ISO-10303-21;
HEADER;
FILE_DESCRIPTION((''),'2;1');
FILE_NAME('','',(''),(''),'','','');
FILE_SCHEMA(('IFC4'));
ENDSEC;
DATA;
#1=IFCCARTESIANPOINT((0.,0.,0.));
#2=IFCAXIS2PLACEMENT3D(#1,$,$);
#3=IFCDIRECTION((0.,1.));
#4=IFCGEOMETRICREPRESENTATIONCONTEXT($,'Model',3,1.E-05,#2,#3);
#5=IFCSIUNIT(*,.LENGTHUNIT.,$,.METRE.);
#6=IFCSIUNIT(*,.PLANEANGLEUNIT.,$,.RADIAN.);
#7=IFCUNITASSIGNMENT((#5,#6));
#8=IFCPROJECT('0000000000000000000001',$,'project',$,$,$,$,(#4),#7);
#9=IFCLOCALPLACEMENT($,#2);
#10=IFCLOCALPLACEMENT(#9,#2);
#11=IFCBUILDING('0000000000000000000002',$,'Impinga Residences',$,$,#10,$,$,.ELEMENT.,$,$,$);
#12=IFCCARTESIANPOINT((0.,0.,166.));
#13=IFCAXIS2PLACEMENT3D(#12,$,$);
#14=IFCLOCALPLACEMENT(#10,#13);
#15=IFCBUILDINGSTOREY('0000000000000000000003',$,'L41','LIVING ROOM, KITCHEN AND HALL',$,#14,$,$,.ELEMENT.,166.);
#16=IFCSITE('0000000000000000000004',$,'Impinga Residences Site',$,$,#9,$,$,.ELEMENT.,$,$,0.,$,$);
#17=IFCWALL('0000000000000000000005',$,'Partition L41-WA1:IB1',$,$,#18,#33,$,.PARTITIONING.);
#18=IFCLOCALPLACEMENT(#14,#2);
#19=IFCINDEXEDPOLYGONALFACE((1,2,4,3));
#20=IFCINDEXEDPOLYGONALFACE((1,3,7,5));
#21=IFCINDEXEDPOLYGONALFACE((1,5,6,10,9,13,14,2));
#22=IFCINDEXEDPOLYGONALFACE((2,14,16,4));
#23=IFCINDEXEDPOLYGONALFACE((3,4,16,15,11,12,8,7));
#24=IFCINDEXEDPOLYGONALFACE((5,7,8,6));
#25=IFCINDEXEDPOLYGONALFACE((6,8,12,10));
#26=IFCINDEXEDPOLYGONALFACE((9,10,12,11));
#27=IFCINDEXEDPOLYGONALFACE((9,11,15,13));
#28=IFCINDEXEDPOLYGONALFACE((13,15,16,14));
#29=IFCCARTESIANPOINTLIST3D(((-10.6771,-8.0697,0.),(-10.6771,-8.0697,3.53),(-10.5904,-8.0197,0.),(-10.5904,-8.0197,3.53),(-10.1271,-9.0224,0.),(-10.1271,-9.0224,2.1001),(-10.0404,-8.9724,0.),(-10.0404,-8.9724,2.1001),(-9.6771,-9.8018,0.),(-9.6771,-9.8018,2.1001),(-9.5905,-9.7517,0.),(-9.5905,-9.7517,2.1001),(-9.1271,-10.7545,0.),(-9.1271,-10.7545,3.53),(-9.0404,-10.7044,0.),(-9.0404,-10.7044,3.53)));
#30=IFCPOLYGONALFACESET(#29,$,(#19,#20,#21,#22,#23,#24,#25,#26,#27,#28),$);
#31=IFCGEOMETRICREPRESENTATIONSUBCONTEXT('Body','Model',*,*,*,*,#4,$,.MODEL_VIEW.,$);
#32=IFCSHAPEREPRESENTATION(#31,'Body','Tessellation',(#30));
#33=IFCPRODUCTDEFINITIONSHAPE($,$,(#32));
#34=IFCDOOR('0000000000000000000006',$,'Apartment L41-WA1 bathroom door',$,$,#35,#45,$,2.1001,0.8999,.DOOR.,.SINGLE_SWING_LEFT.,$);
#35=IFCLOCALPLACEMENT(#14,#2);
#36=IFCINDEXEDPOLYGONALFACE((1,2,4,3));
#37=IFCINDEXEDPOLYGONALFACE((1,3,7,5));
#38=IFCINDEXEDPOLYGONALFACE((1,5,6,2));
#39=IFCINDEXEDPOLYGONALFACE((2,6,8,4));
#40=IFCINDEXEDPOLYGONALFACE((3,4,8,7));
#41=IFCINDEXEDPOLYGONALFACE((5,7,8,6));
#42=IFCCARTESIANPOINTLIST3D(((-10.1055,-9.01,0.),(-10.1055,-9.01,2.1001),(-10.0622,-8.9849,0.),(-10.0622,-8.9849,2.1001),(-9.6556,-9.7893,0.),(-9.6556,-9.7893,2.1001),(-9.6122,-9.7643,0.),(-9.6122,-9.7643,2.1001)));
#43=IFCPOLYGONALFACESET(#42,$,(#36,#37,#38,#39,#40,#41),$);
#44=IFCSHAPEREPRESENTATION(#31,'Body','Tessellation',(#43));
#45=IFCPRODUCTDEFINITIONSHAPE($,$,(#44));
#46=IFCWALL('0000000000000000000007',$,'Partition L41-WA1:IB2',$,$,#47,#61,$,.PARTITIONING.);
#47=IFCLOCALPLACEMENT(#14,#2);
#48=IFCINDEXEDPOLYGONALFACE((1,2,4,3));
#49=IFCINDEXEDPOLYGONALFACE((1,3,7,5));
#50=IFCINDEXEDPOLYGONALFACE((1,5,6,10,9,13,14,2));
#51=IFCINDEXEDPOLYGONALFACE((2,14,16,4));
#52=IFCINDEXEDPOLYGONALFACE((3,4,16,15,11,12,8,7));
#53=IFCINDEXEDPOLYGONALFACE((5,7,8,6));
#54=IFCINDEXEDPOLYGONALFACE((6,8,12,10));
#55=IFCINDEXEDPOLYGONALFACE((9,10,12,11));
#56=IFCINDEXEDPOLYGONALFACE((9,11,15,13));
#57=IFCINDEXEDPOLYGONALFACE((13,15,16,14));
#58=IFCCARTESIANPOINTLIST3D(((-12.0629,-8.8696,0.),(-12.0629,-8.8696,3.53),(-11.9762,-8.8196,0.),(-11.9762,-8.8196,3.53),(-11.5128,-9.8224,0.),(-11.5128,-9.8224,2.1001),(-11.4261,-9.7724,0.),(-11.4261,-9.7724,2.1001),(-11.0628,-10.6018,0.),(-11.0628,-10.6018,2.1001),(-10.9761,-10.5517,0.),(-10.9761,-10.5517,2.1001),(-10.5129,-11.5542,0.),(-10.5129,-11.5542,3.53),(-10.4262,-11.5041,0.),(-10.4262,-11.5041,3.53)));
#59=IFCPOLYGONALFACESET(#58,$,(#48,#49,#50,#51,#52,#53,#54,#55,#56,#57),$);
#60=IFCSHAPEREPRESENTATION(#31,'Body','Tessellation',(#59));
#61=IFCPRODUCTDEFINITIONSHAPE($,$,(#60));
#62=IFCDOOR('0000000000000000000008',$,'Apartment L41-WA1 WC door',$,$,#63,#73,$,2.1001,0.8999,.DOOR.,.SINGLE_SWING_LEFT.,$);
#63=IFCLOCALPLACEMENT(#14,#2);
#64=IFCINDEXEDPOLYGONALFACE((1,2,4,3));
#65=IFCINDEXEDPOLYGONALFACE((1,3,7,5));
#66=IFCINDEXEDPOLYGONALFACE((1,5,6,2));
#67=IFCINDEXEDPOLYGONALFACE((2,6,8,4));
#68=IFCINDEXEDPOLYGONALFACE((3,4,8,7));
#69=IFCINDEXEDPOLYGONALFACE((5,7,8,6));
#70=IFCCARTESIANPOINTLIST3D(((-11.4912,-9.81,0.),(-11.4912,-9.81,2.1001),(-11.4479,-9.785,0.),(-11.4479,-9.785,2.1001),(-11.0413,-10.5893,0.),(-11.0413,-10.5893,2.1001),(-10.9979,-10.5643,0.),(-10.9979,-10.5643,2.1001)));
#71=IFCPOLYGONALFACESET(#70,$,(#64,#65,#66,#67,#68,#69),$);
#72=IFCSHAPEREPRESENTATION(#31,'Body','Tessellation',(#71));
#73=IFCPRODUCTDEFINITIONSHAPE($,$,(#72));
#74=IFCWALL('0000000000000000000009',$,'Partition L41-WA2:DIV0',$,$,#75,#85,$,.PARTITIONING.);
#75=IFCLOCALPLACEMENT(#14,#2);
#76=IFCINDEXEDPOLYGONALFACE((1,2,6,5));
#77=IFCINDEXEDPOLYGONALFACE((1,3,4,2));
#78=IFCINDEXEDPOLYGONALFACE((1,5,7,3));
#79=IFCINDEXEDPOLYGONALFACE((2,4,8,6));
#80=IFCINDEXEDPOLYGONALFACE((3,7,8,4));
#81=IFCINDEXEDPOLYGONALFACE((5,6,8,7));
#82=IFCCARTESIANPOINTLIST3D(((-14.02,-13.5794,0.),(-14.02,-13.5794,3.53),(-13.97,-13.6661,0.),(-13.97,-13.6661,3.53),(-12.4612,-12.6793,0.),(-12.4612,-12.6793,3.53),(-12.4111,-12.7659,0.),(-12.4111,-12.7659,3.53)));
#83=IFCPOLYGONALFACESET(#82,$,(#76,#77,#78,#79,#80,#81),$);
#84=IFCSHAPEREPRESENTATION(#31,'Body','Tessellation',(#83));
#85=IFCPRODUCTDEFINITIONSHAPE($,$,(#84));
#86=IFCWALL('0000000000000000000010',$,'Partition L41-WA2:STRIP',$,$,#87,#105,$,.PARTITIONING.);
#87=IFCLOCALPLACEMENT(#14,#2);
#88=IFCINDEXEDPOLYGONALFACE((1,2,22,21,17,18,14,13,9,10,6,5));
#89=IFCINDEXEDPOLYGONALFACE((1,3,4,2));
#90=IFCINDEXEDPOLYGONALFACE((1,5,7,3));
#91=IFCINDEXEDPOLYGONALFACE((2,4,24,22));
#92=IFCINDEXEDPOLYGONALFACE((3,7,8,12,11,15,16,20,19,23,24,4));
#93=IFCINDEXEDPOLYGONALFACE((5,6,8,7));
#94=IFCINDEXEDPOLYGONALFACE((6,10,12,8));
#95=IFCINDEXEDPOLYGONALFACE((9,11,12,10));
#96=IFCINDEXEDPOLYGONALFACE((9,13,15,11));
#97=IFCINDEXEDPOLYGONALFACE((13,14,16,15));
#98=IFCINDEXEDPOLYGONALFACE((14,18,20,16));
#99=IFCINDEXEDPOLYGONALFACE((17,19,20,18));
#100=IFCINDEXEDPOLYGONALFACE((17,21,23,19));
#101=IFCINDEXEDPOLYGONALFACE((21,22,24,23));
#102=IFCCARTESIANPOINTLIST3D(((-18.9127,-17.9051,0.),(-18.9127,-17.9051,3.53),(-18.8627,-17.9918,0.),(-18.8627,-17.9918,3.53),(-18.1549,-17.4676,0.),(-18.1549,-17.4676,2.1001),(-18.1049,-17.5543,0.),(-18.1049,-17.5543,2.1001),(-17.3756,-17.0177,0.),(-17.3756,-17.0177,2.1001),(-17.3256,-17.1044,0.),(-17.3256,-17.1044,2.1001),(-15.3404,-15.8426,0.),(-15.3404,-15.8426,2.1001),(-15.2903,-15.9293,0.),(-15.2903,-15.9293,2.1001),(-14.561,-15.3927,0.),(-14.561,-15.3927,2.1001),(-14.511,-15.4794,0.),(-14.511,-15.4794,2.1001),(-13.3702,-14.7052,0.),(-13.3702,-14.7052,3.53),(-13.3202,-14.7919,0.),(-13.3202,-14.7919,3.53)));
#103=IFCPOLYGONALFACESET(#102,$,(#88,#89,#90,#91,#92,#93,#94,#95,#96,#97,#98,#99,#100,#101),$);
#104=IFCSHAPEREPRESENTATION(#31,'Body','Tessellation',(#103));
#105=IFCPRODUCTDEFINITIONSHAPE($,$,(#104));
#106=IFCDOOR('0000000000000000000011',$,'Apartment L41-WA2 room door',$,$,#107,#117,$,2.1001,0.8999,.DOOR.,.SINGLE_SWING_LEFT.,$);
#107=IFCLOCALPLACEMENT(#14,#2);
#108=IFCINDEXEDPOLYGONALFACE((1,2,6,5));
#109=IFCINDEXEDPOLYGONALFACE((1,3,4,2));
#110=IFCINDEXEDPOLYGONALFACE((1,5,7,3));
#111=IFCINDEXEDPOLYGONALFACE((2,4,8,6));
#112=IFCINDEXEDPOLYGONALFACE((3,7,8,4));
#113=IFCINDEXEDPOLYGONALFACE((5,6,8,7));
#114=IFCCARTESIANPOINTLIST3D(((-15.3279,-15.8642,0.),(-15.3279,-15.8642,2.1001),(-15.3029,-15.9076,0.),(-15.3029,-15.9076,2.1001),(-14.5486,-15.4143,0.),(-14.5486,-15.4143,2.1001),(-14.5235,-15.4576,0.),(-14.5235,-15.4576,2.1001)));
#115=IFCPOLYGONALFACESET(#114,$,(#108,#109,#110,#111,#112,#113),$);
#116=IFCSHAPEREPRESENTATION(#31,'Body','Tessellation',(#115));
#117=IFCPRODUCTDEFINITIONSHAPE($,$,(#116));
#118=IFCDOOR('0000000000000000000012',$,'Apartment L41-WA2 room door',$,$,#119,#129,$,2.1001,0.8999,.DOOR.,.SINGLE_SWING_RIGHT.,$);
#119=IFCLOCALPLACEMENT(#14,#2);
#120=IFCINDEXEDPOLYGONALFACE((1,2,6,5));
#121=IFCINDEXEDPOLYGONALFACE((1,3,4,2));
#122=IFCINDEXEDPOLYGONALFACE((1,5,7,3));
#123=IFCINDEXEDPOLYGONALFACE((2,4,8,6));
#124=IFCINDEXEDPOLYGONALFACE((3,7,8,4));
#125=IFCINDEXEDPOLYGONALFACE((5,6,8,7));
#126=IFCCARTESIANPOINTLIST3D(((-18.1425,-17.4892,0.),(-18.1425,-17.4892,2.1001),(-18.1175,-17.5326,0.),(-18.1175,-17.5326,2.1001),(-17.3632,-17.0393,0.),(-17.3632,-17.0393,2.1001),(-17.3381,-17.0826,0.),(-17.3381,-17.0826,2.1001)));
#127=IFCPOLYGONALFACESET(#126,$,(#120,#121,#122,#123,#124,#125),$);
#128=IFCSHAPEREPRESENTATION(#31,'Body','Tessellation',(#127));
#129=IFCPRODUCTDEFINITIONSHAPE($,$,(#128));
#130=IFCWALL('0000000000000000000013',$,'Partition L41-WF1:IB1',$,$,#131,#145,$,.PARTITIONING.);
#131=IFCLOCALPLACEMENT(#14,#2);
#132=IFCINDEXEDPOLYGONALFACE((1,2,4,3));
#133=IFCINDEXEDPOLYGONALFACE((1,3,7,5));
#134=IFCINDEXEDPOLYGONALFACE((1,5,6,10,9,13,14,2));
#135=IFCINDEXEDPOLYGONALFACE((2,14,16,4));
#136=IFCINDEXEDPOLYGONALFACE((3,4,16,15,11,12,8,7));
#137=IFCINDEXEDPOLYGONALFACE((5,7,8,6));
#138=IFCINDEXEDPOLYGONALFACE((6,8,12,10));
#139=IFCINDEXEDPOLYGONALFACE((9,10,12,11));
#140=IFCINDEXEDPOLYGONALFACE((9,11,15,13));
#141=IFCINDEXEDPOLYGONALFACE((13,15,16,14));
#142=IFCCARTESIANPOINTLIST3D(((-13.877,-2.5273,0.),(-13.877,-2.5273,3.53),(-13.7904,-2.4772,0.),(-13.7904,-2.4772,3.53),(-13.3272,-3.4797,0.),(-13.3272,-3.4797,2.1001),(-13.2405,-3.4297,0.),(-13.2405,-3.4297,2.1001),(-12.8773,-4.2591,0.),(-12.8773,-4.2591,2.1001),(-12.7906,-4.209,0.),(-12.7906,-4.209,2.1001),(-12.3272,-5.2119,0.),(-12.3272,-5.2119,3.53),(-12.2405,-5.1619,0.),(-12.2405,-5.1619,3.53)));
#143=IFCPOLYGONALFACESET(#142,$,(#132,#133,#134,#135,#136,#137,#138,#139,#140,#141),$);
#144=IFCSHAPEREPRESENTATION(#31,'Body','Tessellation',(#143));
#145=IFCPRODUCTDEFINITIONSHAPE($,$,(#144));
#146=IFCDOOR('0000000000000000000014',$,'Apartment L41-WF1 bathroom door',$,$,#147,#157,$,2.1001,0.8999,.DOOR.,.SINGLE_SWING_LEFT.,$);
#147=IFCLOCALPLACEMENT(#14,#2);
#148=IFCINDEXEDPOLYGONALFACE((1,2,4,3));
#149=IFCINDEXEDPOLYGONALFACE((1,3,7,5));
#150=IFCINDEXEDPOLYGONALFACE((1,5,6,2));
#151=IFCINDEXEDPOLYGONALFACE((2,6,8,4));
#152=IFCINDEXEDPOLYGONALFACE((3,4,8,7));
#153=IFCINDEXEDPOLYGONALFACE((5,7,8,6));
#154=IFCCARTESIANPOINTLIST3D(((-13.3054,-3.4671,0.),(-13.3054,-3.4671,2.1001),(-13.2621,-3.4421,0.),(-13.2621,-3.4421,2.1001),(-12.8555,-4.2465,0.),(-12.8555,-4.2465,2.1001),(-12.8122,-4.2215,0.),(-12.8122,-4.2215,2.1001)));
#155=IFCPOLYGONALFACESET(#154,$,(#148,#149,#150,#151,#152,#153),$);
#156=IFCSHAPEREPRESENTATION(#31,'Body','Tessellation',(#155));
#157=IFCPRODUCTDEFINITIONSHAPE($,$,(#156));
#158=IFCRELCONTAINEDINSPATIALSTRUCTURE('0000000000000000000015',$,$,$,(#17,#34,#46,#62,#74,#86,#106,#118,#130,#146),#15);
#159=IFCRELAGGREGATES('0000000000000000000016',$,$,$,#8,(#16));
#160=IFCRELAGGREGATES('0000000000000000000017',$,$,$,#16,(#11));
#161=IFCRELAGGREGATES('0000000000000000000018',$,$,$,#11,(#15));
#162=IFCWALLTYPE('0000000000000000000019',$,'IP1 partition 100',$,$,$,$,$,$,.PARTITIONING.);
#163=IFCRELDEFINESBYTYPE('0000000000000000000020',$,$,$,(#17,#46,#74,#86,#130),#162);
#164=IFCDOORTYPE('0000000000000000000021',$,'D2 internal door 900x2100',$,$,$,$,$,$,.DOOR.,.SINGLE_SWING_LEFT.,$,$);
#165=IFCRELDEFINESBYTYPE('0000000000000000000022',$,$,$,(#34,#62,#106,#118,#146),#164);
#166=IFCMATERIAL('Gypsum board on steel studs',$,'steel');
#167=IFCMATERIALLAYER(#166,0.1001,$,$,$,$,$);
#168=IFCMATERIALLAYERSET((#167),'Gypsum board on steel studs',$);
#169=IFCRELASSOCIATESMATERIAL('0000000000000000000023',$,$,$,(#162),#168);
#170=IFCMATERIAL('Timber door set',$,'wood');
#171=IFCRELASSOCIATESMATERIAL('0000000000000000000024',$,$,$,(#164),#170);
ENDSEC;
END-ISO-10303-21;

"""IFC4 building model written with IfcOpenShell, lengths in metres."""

from ifc_helpers import new_model, si_unit, direction, frame, frame_2d, origin, place, context, subcontext, project, spatial, rectangle, extrude, material, layer, layer_set, type_object, element, fill, save


model = new_model("IFC4")

# Units and contexts
model_context = context("Model", 3, precision=1e-05, world=origin(), true_north=direction((0.0, 1.0)))
body_context = subcontext(model_context, "Body", "Model", "MODEL_VIEW")
ifc_project = project(units=[si_unit("LENGTHUNIT", "METRE"), si_unit("PLANEANGLEUNIT", "RADIAN")], contexts=[model_context])

# Site, building, storey
site_placement = place(None, origin())
site = spatial("IfcSite", under=ifc_project, at=site_placement, Name="Impinga Residences Site", CompositionType="ELEMENT", RefElevation=0.0)
building_placement = place(site_placement, origin())
building = spatial("IfcBuilding", under=site, at=building_placement, Name="Impinga Residences", CompositionType="ELEMENT")
storey_placement = place(building_placement, frame((0.0, 0.0, 166.0)))
storey = spatial("IfcBuildingStorey", under=building, at=storey_placement, Name="L41", Description="LIVING ROOM, KITCHEN AND HALL", CompositionType="ELEMENT", Elevation=166.0)

# Shared definitions
ifc_material_1 = material(Name="Timber door set", Category="wood")

# Shared definitions
ifc_material_2 = material(Name="Gypsum board on steel studs", Category="steel")
ifc_layer_1 = layer(ifc_material_2, 0.1001)
ifc_layer_set_1 = layer_set([ifc_layer_1], Name="Gypsum board on steel studs")
wall_type_1 = type_object("IfcWallType", Name="IP1 partition 100", PredefinedType="PARTITIONING", material=ifc_layer_set_1)

# Walls, openings, doors
wall_1_placement = place(storey_placement, frame((-10.6338, -8.0447, 0.0), z_axis=(0.0, 0.0, 1.0), x_axis=(0.499993, -0.86603, 0.0)))
wall_1 = element("IfcWall", 1, at=wall_1_placement, inside=storey, type_object=wall_type_1, Name="Partition L41-WA1:IB1", PredefinedType="PARTITIONING", context=body_context, shape_type="SweptSolid", body=[
    extrude(rectangle(XDim=3.1001, YDim=0.1001, at=frame_2d((1.55, 0.0))), origin(), (0.0, 0.0, 1.0), 3.53),
])
opening_1_placement = place(wall_1_placement, frame((1.1001, 0.0, 0.0)))
opening_1 = element("IfcOpeningElement", 2, at=opening_1_placement, cuts=wall_1, PredefinedType="OPENING", context=body_context, shape_type="SweptSolid", body=[
    extrude(rectangle(XDim=0.8999, YDim=2.1001, at=frame_2d((0.45, 1.05))), frame((0.0, 0.0601, 0.0), z_axis=(0.0, -1.0, 0.0), x_axis=(1.0, 0.0, 0.0)), (0.0, 0.0, 1.0), 0.1201),
])
door_type_1 = type_object("IfcDoorType", Name="D2 internal door 900x2100", OperationType="SINGLE_SWING_LEFT", PredefinedType="DOOR", material=ifc_material_1)
door_1_placement = place(opening_1_placement, origin())
door_1 = element("IfcDoor", 3, at=door_1_placement, inside=storey, type_object=door_type_1, Name="Apartment L41-WA1 bathroom door", OperationType="SINGLE_SWING_LEFT", OverallHeight=2.1001, OverallWidth=0.8999, PredefinedType="DOOR", context=body_context, shape_type="SweptSolid", body=[
    extrude(rectangle(XDim=0.8999, YDim=2.1001, at=frame_2d((0.45, 1.05))), frame((0.0, 0.0249, 0.0), z_axis=(0.0, -1.0, 0.0), x_axis=(1.0, 0.0, 0.0)), (0.0, 0.0, 1.0), 0.05),
])
fill(opening_1, door_1)
wall_2_placement = place(storey_placement, frame((-12.0195, -8.8447, 0.0), z_axis=(0.0, 0.0, 1.0), x_axis=(0.500027, -0.86601, 0.0)))
wall_2 = element("IfcWall", 4, at=wall_2_placement, inside=storey, type_object=wall_type_1, Name="Partition L41-WA1:IB2", PredefinedType="PARTITIONING", context=body_context, shape_type="SweptSolid", body=[
    extrude(rectangle(XDim=3.0999, YDim=0.1001, at=frame_2d((1.5498, 0.0))), origin(), (0.0, 0.0, 1.0), 3.53),
])
opening_2_placement = place(wall_2_placement, frame((1.1001, 0.0, 0.0)))
opening_2 = element("IfcOpeningElement", 5, at=opening_2_placement, cuts=wall_2, PredefinedType="OPENING", context=body_context, shape_type="SweptSolid", body=[
    extrude(rectangle(XDim=0.8999, YDim=2.1001, at=frame_2d((0.45, 1.05))), frame((0.0, 0.0601, 0.0), z_axis=(0.0, -1.0, 0.0), x_axis=(1.0, 0.0, 0.0)), (0.0, 0.0, 1.0), 0.1201),
])
door_2_placement = place(opening_2_placement, origin())
door_2 = element("IfcDoor", 6, at=door_2_placement, inside=storey, type_object=door_type_1, Name="Apartment L41-WA1 WC door", OperationType="SINGLE_SWING_LEFT", OverallHeight=2.1001, OverallWidth=0.8999, PredefinedType="DOOR", context=body_context, shape_type="SweptSolid", body=[
    extrude(rectangle(XDim=0.8999, YDim=2.1001, at=frame_2d((0.45, 1.05))), frame((0.0, 0.0249, 0.0), z_axis=(0.0, -1.0, 0.0), x_axis=(1.0, 0.0, 0.0)), (0.0, 0.0, 1.0), 0.05),
])
fill(opening_2, door_2)

# Wall
wall_3_placement = place(storey_placement, frame((-12.4363, -12.7227, 0.0), z_axis=(0.0, 0.0, 1.0), x_axis=(-0.865989, -0.500063, 0.0)))
element("IfcWall", 7, at=wall_3_placement, inside=storey, type_object=wall_type_1, Name="Partition L41-WA2:DIV0", PredefinedType="PARTITIONING", context=body_context, shape_type="SweptSolid", body=[
    extrude(rectangle(XDim=1.8, YDim=0.1001, at=frame_2d((0.8999, 0.0))), origin(), (0.0, 0.0, 1.0), 3.53),
])

# Wall, openings, doors
wall_4_placement = place(storey_placement, frame((-13.3452, -14.7485, 0.0), z_axis=(0.0, 0.0, 1.0), x_axis=(-0.866025, -0.5, 0.0)))
wall_4 = element("IfcWall", 8, at=wall_4_placement, inside=storey, type_object=wall_type_1, Name="Partition L41-WA2:STRIP", PredefinedType="PARTITIONING", context=body_context, shape_type="SweptSolid", body=[
    extrude(rectangle(XDim=6.3999, YDim=0.1001, at=frame_2d((3.2, 0.0))), origin(), (0.0, 0.0, 1.0), 3.53),
])
opening_3_placement = place(wall_4_placement, frame((1.375, 0.0, 0.0)))
opening_3 = element("IfcOpeningElement", 9, at=opening_3_placement, cuts=wall_4, PredefinedType="OPENING", context=body_context, shape_type="SweptSolid", body=[
    extrude(rectangle(XDim=0.8999, YDim=2.1001, at=frame_2d((0.45, 1.05))), frame((0.0, 0.0601, 0.0), z_axis=(0.0, -1.0, 0.0), x_axis=(1.0, 0.0, 0.0)), (0.0, 0.0, 1.0), 0.1201),
])
opening_4_placement = place(wall_4_placement, frame((4.625, 0.0, 0.0)))
opening_4 = element("IfcOpeningElement", 10, at=opening_4_placement, cuts=wall_4, PredefinedType="OPENING", context=body_context, shape_type="SweptSolid", body=[
    extrude(rectangle(XDim=0.8999, YDim=2.1001, at=frame_2d((0.45, 1.05))), frame((0.0, 0.0601, 0.0), z_axis=(0.0, -1.0, 0.0), x_axis=(1.0, 0.0, 0.0)), (0.0, 0.0, 1.0), 0.1201),
])
door_3_placement = place(opening_3_placement, origin())
door_3 = element("IfcDoor", 11, at=door_3_placement, inside=storey, type_object=door_type_1, Name="Apartment L41-WA2 room door", OperationType="SINGLE_SWING_LEFT", OverallHeight=2.1001, OverallWidth=0.8999, PredefinedType="DOOR", context=body_context, shape_type="SweptSolid", body=[
    extrude(rectangle(XDim=0.8999, YDim=2.1001, at=frame_2d((0.45, 1.05))), frame((0.0, 0.0249, 0.0), z_axis=(0.0, -1.0, 0.0), x_axis=(1.0, 0.0, 0.0)), (0.0, 0.0, 1.0), 0.05),
])
fill(opening_3, door_3)
door_4_placement = place(opening_4_placement, origin())
door_4 = element("IfcDoor", 12, at=door_4_placement, inside=storey, type_object=door_type_1, Name="Apartment L41-WA2 room door", OperationType="SINGLE_SWING_RIGHT", OverallHeight=2.1001, OverallWidth=0.8999, PredefinedType="DOOR", context=body_context, shape_type="SweptSolid", body=[
    extrude(rectangle(XDim=0.8999, YDim=2.1001, at=frame_2d((0.45, 1.05))), frame((0.0, 0.0249, 0.0), z_axis=(0.0, -1.0, 0.0), x_axis=(1.0, 0.0, 0.0)), (0.0, 0.0, 1.0), 0.05),
])
fill(opening_4, door_4)

# Wall, opening, door
wall_5_placement = place(storey_placement, frame((-12.2839, -5.1868, 0.0), z_axis=(0.0, 0.0, 1.0), x_axis=(-0.499968, 0.866044, 0.0)))
wall_5 = element("IfcWall", 13, at=wall_5_placement, inside=storey, type_object=wall_type_1, Name="Partition L41-WF1:IB1", PredefinedType="PARTITIONING", context=body_context, shape_type="SweptSolid", body=[
    extrude(rectangle(XDim=3.0999, YDim=0.1001, at=frame_2d((1.5498, 0.0))), origin(), (0.0, 0.0, 1.0), 3.53),
])
opening_5_placement = place(wall_5_placement, frame((1.1001, 0.0, 0.0)))
opening_5 = element("IfcOpeningElement", 14, at=opening_5_placement, cuts=wall_5, PredefinedType="OPENING", context=body_context, shape_type="SweptSolid", body=[
    extrude(rectangle(XDim=0.8999, YDim=2.1001, at=frame_2d((0.45, 1.05))), frame((0.0, 0.0601, 0.0), z_axis=(0.0, -1.0, 0.0), x_axis=(1.0, 0.0, 0.0)), (0.0, 0.0, 1.0), 0.1201),
])
door_5_placement = place(opening_5_placement, origin())
door_5 = element("IfcDoor", 15, at=door_5_placement, inside=storey, type_object=door_type_1, Name="Apartment L41-WF1 bathroom door", OperationType="SINGLE_SWING_LEFT", OverallHeight=2.1001, OverallWidth=0.8999, PredefinedType="DOOR", context=body_context, shape_type="SweptSolid", body=[
    extrude(rectangle(XDim=0.8999, YDim=2.1001, at=frame_2d((0.45, 1.05))), frame((0.0, 0.0249, 0.0), z_axis=(0.0, -1.0, 0.0), x_axis=(1.0, 0.0, 0.0)), (0.0, 0.0, 1.0), 0.05),
])
fill(opening_5, door_5)

save(model, "model.ifc")
